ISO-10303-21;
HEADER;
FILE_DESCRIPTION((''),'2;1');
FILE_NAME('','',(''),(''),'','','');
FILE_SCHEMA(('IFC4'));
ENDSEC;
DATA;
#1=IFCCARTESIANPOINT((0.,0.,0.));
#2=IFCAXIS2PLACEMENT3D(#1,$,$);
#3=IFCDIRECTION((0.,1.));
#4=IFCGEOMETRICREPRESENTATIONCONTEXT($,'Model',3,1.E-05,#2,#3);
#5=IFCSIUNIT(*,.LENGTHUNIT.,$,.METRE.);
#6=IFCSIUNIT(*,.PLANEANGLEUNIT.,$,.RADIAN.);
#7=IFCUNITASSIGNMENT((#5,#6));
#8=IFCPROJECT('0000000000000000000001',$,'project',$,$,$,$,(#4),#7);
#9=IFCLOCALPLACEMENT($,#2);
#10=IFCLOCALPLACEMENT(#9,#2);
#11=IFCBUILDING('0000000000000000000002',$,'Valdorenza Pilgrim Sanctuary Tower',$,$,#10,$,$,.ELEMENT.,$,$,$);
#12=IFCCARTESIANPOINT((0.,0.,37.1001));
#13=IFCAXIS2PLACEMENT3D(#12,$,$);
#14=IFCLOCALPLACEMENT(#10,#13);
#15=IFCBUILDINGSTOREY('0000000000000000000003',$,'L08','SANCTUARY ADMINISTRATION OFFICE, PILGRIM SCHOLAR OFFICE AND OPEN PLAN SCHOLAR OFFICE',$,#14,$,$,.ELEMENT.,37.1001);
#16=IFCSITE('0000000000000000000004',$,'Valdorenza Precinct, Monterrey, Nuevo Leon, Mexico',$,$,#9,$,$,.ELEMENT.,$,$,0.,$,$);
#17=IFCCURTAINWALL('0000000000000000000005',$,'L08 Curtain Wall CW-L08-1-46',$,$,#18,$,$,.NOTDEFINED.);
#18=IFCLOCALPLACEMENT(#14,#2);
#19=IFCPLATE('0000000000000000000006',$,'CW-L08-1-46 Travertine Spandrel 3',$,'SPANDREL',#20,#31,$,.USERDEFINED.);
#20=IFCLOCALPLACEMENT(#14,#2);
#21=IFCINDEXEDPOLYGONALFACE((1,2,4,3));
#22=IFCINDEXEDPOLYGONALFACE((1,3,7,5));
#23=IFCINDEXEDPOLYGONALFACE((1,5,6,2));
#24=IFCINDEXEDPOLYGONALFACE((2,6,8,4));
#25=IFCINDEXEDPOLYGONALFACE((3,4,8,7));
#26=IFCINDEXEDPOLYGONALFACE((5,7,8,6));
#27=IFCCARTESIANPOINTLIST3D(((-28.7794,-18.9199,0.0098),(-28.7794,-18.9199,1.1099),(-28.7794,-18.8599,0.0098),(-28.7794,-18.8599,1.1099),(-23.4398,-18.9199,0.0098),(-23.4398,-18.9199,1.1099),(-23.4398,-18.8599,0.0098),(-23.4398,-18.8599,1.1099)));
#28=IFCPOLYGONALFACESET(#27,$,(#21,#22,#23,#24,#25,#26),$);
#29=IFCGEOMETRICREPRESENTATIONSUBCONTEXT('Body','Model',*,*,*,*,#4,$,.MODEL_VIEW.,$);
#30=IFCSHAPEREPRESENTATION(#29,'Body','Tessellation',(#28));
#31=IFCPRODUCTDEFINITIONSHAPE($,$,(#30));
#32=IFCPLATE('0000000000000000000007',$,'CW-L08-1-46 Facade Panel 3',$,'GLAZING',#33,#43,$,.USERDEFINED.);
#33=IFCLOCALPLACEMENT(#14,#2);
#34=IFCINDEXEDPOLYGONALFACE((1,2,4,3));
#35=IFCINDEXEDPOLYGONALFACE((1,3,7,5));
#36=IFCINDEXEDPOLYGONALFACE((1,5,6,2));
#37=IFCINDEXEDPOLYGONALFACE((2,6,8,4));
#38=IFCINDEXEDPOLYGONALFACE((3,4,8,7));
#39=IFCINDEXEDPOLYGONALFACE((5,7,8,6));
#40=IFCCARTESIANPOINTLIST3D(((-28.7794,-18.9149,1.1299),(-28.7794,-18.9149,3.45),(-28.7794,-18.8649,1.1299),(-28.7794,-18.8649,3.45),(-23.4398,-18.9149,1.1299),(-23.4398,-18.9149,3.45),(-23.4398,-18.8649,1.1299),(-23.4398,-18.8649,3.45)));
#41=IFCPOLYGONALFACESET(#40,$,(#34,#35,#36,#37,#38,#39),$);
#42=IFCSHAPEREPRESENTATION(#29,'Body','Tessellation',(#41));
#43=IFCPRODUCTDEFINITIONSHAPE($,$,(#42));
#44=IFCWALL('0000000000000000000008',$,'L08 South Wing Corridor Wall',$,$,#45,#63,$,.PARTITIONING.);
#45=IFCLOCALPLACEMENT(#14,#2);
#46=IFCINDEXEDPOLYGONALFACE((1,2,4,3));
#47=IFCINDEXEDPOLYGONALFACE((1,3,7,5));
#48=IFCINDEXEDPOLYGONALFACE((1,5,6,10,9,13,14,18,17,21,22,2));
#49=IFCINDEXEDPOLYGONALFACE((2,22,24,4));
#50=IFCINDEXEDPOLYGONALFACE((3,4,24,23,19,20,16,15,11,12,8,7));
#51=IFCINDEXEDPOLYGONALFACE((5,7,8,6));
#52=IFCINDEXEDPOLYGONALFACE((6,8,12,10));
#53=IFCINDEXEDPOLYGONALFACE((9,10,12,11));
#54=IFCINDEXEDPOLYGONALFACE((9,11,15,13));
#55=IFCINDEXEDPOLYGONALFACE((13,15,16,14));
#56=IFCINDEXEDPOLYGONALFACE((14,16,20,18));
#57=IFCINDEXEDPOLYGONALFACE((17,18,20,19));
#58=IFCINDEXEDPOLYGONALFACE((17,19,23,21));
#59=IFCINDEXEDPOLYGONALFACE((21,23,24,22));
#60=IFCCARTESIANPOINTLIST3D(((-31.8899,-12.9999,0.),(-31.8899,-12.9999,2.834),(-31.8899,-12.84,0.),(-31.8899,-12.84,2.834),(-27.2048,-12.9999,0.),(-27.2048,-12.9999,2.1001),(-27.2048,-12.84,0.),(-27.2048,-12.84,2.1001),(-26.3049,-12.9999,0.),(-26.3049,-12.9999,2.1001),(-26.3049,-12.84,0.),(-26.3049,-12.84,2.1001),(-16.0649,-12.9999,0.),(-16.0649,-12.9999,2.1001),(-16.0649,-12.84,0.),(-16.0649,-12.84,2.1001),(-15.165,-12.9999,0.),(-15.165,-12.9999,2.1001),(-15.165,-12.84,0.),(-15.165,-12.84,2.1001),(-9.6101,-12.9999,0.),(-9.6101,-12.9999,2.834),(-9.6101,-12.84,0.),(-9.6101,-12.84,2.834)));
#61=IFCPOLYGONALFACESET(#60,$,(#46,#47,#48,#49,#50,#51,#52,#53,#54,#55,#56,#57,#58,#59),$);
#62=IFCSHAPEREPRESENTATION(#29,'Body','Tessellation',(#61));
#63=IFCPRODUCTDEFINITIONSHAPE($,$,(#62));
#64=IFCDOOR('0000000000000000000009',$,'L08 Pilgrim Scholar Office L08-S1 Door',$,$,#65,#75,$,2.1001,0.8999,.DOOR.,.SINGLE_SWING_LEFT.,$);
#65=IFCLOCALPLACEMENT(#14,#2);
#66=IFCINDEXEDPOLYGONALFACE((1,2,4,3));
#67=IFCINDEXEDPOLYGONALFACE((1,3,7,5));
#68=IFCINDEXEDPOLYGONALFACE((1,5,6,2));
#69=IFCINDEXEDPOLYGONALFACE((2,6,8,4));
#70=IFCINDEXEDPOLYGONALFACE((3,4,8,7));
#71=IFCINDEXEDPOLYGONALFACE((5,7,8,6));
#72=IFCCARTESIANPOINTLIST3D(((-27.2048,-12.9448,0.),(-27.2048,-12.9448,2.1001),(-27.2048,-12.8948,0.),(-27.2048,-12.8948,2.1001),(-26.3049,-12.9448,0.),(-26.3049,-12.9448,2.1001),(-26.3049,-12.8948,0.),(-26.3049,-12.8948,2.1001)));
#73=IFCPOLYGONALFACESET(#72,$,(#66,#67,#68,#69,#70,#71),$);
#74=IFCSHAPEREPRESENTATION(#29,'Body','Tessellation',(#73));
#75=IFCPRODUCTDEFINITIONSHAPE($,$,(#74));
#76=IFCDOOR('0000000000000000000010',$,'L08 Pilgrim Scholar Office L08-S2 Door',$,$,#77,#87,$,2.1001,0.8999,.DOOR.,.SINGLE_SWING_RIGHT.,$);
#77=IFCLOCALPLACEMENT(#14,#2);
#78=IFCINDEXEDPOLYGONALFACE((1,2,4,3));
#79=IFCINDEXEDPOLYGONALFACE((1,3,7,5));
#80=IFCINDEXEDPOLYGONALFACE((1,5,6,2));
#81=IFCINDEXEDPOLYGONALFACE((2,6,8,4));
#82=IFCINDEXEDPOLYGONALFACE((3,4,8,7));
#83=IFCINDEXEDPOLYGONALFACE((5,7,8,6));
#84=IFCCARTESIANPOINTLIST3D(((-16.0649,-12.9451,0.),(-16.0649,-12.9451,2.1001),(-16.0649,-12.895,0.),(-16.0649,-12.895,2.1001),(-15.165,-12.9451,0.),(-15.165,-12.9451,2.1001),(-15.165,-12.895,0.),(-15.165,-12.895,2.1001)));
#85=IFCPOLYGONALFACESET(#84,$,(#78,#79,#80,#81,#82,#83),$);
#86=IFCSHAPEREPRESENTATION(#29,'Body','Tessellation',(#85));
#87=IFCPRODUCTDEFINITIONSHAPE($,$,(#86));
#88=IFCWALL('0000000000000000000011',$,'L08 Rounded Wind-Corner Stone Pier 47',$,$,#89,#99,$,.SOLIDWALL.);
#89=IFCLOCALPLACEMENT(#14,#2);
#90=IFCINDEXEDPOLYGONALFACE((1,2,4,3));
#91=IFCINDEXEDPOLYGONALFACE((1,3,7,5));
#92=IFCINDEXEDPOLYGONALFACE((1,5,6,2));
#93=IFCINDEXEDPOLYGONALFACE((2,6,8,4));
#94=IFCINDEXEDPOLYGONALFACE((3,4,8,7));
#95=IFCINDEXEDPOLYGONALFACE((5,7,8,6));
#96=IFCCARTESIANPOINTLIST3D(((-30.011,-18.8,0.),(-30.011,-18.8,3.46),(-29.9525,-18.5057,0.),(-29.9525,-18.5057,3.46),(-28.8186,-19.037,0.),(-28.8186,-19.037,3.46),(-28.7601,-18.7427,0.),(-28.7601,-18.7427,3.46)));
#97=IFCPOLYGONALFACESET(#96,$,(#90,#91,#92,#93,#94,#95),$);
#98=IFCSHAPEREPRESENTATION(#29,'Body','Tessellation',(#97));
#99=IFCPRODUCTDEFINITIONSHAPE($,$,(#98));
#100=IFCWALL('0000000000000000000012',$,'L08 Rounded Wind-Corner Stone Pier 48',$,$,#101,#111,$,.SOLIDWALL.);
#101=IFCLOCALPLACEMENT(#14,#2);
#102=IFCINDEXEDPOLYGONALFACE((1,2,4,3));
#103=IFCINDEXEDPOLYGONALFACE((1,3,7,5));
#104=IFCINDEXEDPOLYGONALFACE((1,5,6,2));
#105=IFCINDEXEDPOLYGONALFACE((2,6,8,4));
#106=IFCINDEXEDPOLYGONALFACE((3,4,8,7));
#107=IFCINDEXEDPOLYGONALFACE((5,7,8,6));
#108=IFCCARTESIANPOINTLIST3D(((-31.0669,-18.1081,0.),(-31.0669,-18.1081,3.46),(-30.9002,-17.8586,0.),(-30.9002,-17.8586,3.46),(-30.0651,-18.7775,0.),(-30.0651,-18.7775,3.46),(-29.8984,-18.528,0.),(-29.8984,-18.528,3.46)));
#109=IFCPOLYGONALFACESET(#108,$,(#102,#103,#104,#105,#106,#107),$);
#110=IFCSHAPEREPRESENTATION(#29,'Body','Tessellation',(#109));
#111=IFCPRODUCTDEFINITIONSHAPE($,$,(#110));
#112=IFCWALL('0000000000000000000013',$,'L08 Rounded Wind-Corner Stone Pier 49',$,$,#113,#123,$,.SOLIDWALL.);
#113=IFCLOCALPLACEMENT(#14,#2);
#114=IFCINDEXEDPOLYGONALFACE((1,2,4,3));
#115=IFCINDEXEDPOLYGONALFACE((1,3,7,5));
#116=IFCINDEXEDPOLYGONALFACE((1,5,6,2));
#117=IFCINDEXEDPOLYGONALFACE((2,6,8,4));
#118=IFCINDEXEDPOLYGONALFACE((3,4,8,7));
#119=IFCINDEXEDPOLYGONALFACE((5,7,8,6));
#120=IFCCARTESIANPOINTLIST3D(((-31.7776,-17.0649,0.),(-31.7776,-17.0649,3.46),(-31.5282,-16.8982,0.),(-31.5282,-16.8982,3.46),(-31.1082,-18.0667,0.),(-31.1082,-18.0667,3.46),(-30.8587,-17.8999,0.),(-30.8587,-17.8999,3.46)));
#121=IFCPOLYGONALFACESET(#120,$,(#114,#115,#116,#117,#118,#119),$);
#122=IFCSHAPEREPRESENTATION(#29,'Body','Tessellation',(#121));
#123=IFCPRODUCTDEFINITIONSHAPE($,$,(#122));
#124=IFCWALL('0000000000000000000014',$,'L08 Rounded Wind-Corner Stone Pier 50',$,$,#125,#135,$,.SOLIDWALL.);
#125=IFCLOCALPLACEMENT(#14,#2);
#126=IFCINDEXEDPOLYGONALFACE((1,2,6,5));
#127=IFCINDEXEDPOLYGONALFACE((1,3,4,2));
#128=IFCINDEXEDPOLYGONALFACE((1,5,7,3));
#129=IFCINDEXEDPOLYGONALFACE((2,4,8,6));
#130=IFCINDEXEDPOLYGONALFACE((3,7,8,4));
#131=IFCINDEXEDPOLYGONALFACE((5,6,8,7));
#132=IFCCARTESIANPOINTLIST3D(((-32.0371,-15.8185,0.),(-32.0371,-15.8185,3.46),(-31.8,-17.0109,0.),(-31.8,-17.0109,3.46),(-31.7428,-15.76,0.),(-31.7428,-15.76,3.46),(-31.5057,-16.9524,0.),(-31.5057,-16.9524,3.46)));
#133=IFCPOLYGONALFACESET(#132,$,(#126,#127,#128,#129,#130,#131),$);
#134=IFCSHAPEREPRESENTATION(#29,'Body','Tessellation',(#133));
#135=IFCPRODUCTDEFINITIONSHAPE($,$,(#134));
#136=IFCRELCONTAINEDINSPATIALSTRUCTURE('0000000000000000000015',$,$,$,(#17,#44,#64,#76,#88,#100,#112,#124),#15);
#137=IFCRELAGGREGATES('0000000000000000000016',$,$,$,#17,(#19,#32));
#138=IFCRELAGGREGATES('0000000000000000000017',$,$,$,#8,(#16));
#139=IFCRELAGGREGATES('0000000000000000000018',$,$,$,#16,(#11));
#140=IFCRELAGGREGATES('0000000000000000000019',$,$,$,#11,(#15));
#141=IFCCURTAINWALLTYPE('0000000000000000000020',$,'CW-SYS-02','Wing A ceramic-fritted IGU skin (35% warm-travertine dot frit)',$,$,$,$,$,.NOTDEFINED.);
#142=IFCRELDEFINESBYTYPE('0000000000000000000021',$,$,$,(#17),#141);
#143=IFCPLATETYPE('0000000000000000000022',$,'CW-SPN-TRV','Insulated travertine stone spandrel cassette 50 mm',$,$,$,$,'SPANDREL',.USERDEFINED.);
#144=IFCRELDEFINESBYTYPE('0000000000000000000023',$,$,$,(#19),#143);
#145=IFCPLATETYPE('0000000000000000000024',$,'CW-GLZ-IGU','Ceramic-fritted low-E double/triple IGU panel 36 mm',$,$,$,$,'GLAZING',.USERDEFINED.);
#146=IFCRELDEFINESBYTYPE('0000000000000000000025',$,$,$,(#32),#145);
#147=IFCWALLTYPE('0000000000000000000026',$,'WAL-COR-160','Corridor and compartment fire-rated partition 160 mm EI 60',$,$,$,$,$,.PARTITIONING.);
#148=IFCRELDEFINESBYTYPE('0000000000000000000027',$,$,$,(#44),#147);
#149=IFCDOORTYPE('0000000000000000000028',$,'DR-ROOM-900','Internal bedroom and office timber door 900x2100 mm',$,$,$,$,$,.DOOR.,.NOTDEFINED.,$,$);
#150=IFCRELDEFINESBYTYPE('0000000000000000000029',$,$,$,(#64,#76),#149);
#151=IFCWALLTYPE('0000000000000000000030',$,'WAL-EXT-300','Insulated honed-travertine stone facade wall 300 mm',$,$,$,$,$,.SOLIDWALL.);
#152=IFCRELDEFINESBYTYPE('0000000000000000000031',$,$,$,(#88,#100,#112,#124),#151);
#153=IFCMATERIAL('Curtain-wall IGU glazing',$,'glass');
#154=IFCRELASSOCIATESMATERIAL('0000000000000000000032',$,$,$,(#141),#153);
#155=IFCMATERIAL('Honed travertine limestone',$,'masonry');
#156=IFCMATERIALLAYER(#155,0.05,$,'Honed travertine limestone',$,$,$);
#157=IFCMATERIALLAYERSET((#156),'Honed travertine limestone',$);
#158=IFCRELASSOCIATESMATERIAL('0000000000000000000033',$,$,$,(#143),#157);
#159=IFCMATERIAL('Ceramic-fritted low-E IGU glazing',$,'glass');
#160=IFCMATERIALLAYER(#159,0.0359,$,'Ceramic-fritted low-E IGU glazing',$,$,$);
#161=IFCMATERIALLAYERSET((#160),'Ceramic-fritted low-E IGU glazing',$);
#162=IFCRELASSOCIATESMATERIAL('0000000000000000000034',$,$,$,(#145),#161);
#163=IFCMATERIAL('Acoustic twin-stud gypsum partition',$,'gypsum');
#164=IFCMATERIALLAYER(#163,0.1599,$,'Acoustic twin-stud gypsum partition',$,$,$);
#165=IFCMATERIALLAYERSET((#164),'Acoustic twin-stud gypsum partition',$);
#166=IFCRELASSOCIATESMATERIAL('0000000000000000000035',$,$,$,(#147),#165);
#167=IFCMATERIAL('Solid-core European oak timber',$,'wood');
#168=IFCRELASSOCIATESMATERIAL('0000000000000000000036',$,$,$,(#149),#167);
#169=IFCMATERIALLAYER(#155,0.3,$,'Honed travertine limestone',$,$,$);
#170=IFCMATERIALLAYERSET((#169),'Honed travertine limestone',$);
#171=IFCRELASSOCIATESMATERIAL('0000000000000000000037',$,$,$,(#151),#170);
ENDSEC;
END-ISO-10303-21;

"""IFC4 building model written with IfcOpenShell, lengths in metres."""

from ifc_helpers import new_model, si_unit, direction, frame, frame_2d, origin, origin_2d, place, context, subcontext, project, spatial, rectangle, extrude, source, transform, mapped, material, layer, layer_set, type_object, element, fill, aggregate, save


model = new_model("IFC4")

# Units and contexts
model_context = context("Model", 3, precision=1e-05, world=origin(), true_north=direction((0.0, 1.0)))
body_context = subcontext(model_context, "Body", "Model", "MODEL_VIEW")
ifc_project = project(units=[si_unit("LENGTHUNIT", "METRE"), si_unit("PLANEANGLEUNIT", "RADIAN")], contexts=[model_context])

# Site, building, storey
site_placement = place(None, origin())
site = spatial("IfcSite", under=ifc_project, at=site_placement, Name="Valdorenza Precinct, Monterrey, Nuevo Leon, Mexico", CompositionType="ELEMENT", RefElevation=0.0)
building_placement = place(site_placement, origin())
building = spatial("IfcBuilding", under=site, at=building_placement, Name="Valdorenza Pilgrim Sanctuary Tower", CompositionType="ELEMENT")
storey_placement = place(building_placement, frame((0.0, 0.0, 37.1001)))
storey = spatial("IfcBuildingStorey", under=building, at=storey_placement, Name="L08", Description="SANCTUARY ADMINISTRATION OFFICE, PILGRIM SCHOLAR OFFICE AND OPEN PLAN SCHOLAR OFFICE", CompositionType="ELEMENT", Elevation=37.1001)

# Shared definitions
ifc_material_1 = material(Name="Curtain-wall IGU glazing", Category="glass")
curtain_wall_type = type_object("IfcCurtainWallType", Name="CW-SYS-02", Description="Wing A ceramic-fritted IGU skin (35% warm-travertine dot frit)", PredefinedType="NOTDEFINED", material=ifc_material_1)

# Curtain wall
curtain_wall_1_placement = place(storey_placement, origin())
curtain_wall_1 = element("IfcCurtainWall", 1, at=curtain_wall_1_placement, inside=storey, type_object=curtain_wall_type, Name="L08 Curtain Wall CW-L08-1-46", PredefinedType="NOTDEFINED")

# Plates
ifc_material_2 = material(Name="Honed travertine limestone", Category="masonry")
ifc_layer_1 = layer(ifc_material_2, 0.05, Name="Honed travertine limestone")
ifc_layer_set_1 = layer_set([ifc_layer_1], Name="Honed travertine limestone")
plate_type_1 = type_object("IfcPlateType", Name="CW-SPN-TRV", Description="Insulated travertine stone spandrel cassette 50 mm", ElementType="SPANDREL", PredefinedType="USERDEFINED", material=ifc_layer_set_1)
shared_shape_1 = source(origin(), body_context, "Body", "SweptSolid", [
    extrude(rectangle(XDim=5.3396, YDim=0.0601, at=origin_2d()), origin(), (0.0, 0.0, 1.0), 1.1001),
])
plate_1_placement = place(storey_placement, frame((-26.1096, -18.8899, 0.0098), z_axis=(0.0, 0.0, 1.0), x_axis=(-1.0, 0.0, 0.0)))
plate_1 = element("IfcPlate", 2, at=plate_1_placement, type_object=plate_type_1, Name="CW-L08-1-46 Travertine Spandrel 3", ObjectType="SPANDREL", PredefinedType="USERDEFINED", context=body_context, shape_type="MappedRepresentation", body=[
    mapped(shared_shape_1, transform((0.0, 0.0, 0.0), x_axis=(1.0, 0.0, 0.0), y_axis=(0.0, 1.0, 0.0), z_axis=(0.0, 0.0, 1.0), scale=1.0)),
])
ifc_material_3 = material(Name="Ceramic-fritted low-E IGU glazing", Category="glass")
ifc_layer_2 = layer(ifc_material_3, 0.0359, Name="Ceramic-fritted low-E IGU glazing")
ifc_layer_set_2 = layer_set([ifc_layer_2], Name="Ceramic-fritted low-E IGU glazing")
plate_type_2 = type_object("IfcPlateType", Name="CW-GLZ-IGU", Description="Ceramic-fritted low-E double/triple IGU panel 36 mm", ElementType="GLAZING", PredefinedType="USERDEFINED", material=ifc_layer_set_2)
shared_shape_2 = source(origin(), body_context, "Body", "SweptSolid", [
    extrude(rectangle(XDim=5.3396, YDim=0.05, at=origin_2d()), origin(), (0.0, 0.0, 1.0), 2.3201),
])
plate_2_placement = place(storey_placement, frame((-26.1096, -18.8899, 1.1299), z_axis=(0.0, 0.0, 1.0), x_axis=(-1.0, 0.0, 0.0)))
plate_2 = element("IfcPlate", 3, at=plate_2_placement, type_object=plate_type_2, Name="CW-L08-1-46 Facade Panel 3", ObjectType="GLAZING", PredefinedType="USERDEFINED", context=body_context, shape_type="MappedRepresentation", body=[
    mapped(shared_shape_2, transform((0.0, 0.0, 0.0), x_axis=(1.0, 0.0, 0.0), y_axis=(0.0, 1.0, 0.0), z_axis=(0.0, 0.0, 1.0), scale=1.0)),
])
aggregate(curtain_wall_1, [plate_1, plate_2])

# Wall, openings, doors
ifc_material_4 = material(Name="Acoustic twin-stud gypsum partition", Category="gypsum")
ifc_layer_3 = layer(ifc_material_4, 0.1599, Name="Acoustic twin-stud gypsum partition")
ifc_layer_set_3 = layer_set([ifc_layer_3], Name="Acoustic twin-stud gypsum partition")
wall_type_1 = type_object("IfcWallType", Name="WAL-COR-160", Description="Corridor and compartment fire-rated partition 160 mm EI 60", PredefinedType="PARTITIONING", material=ifc_layer_set_3)
wall_1_placement = place(storey_placement, frame((-31.8899, -12.9199, 0.0), z_axis=(0.0, 0.0, 1.0), x_axis=(1.0, 0.0, 0.0)))
wall_1 = element("IfcWall", 4, at=wall_1_placement, inside=storey, type_object=wall_type_1, Name="L08 South Wing Corridor Wall", PredefinedType="PARTITIONING", context=body_context, shape_type="SweptSolid", body=[
    extrude(rectangle(XDim=22.2798, YDim=0.1599, at=frame_2d((11.1399, 0.0))), origin(), (0.0, 0.0, 1.0), 2.834),
])
opening_1_placement = place(wall_1_placement, frame((4.6851, 0.0, 0.0)))
opening_1 = element("IfcOpeningElement", 5, at=opening_1_placement, cuts=wall_1, PredefinedType="OPENING", context=body_context, shape_type="SweptSolid", body=[
    extrude(rectangle(XDim=0.8999, YDim=2.1001, at=frame_2d((0.45, 1.05))), frame((0.0, 0.0947, 0.0), z_axis=(0.0, -1.0, 0.0), x_axis=(1.0, 0.0, 0.0)), (0.0, 0.0, 1.0), 0.1897),
])
opening_2_placement = place(wall_1_placement, frame((15.825, 0.0, 0.0)))
opening_2 = element("IfcOpeningElement", 6, at=opening_2_placement, cuts=wall_1, PredefinedType="OPENING", context=body_context, shape_type="SweptSolid", body=[
    extrude(rectangle(XDim=0.8999, YDim=2.1001, at=frame_2d((0.45, 1.05))), frame((0.0, 0.0947, 0.0), z_axis=(0.0, -1.0, 0.0), x_axis=(1.0, 0.0, 0.0)), (0.0, 0.0, 1.0), 0.1897),
])
ifc_material_5 = material(Name="Solid-core European oak timber", Category="wood")
door_type = type_object("IfcDoorType", Name="DR-ROOM-900", Description="Internal bedroom and office timber door 900x2100 mm", OperationType="NOTDEFINED", PredefinedType="DOOR", material=ifc_material_5)
door_1_placement = place(opening_1_placement, frame((0.8999, 0.0, 0.0), z_axis=(0.0, 0.0, 1.0), x_axis=(-1.0, 0.0, 0.0)))
door_1 = element("IfcDoor", 7, at=door_1_placement, inside=storey, type_object=door_type, Name="L08 Pilgrim Scholar Office L08-S1 Door", OperationType="SINGLE_SWING_LEFT", OverallHeight=2.1001, OverallWidth=0.8999, PredefinedType="DOOR", context=body_context, shape_type="SweptSolid", body=[
    extrude(rectangle(XDim=0.8999, YDim=2.1001, at=frame_2d((0.45, 1.05))), frame((0.0, 0.0249, 0.0), z_axis=(0.0, -1.0, 0.0), x_axis=(1.0, 0.0, 0.0)), (0.0, 0.0, 1.0), 0.05),
])
fill(opening_1, door_1)
door_2_placement = place(opening_2_placement, origin())
door_2 = element("IfcDoor", 8, at=door_2_placement, inside=storey, type_object=door_type, Name="L08 Pilgrim Scholar Office L08-S2 Door", OperationType="SINGLE_SWING_RIGHT", OverallHeight=2.1001, OverallWidth=0.8999, PredefinedType="DOOR", context=body_context, shape_type="SweptSolid", body=[
    extrude(rectangle(XDim=0.8999, YDim=2.1001, at=frame_2d((0.45, 1.05))), frame((0.0, 0.0249, 0.0), z_axis=(0.0, -1.0, 0.0), x_axis=(1.0, 0.0, 0.0)), (0.0, 0.0, 1.0), 0.05),
])
fill(opening_2, door_2)

# Walls
ifc_layer_4 = layer(ifc_material_2, 0.3, Name="Honed travertine limestone")
ifc_layer_set_4 = layer_set([ifc_layer_4], Name="Honed travertine limestone")
wall_type_2 = type_object("IfcWallType", Name="WAL-EXT-300", Description="Insulated honed-travertine stone facade wall 300 mm", PredefinedType="SOLIDWALL", material=ifc_layer_set_4)
wall_2_placement = place(storey_placement, frame((-28.7893, -18.8899, 0.0), z_axis=(0.0, 0.0, 1.0), x_axis=(-0.980804, 0.194996, 0.0)))
element("IfcWall", 9, at=wall_2_placement, inside=storey, type_object=wall_type_2, Name="L08 Rounded Wind-Corner Stone Pier 47", PredefinedType="SOLIDWALL", context=body_context, shape_type="SweptSolid", body=[
    extrude(rectangle(XDim=1.2158, YDim=0.3, at=frame_2d((0.6079, 0.0))), origin(), (0.0, 0.0, 1.0), 3.46),
])
for number, where, z_axis, x_axis, name in (
    (10, (-29.9817, -18.6528, 0.0), (0.0, 0.0, 1.0), (-0.831426, 0.555635, 0.0), "L08 Rounded Wind-Corner Stone Pier 48"),
    (11, (-30.9834, -17.9834, 0.0), (0.0, 0.0, 1.0), (-0.555635, 0.831426, 0.0), "L08 Rounded Wind-Corner Stone Pier 49"),
):
    element("IfcWall", number, at=place(storey_placement, frame(where, z_axis=z_axis, x_axis=x_axis)), inside=storey, type_object=wall_type_2, Name=name, PredefinedType="SOLIDWALL", context=body_context, shape_type="SweptSolid", body=[
        extrude(rectangle(XDim=1.2048, YDim=0.3, at=frame_2d((0.6025, 0.0))), origin(), (0.0, 0.0, 1.0), 3.46),
    ])
wall_3_placement = place(storey_placement, frame((-31.6528, -16.9817, 0.0), z_axis=(0.0, 0.0, 1.0), x_axis=(-0.194996, 0.980804, 0.0)))
element("IfcWall", 12, at=wall_3_placement, inside=storey, type_object=wall_type_2, Name="L08 Rounded Wind-Corner Stone Pier 50", PredefinedType="SOLIDWALL", context=body_context, shape_type="SweptSolid", body=[
    extrude(rectangle(XDim=1.2158, YDim=0.3, at=frame_2d((0.6079, 0.0))), origin(), (0.0, 0.0, 1.0), 3.46),
])

save(model, "model.ifc")
